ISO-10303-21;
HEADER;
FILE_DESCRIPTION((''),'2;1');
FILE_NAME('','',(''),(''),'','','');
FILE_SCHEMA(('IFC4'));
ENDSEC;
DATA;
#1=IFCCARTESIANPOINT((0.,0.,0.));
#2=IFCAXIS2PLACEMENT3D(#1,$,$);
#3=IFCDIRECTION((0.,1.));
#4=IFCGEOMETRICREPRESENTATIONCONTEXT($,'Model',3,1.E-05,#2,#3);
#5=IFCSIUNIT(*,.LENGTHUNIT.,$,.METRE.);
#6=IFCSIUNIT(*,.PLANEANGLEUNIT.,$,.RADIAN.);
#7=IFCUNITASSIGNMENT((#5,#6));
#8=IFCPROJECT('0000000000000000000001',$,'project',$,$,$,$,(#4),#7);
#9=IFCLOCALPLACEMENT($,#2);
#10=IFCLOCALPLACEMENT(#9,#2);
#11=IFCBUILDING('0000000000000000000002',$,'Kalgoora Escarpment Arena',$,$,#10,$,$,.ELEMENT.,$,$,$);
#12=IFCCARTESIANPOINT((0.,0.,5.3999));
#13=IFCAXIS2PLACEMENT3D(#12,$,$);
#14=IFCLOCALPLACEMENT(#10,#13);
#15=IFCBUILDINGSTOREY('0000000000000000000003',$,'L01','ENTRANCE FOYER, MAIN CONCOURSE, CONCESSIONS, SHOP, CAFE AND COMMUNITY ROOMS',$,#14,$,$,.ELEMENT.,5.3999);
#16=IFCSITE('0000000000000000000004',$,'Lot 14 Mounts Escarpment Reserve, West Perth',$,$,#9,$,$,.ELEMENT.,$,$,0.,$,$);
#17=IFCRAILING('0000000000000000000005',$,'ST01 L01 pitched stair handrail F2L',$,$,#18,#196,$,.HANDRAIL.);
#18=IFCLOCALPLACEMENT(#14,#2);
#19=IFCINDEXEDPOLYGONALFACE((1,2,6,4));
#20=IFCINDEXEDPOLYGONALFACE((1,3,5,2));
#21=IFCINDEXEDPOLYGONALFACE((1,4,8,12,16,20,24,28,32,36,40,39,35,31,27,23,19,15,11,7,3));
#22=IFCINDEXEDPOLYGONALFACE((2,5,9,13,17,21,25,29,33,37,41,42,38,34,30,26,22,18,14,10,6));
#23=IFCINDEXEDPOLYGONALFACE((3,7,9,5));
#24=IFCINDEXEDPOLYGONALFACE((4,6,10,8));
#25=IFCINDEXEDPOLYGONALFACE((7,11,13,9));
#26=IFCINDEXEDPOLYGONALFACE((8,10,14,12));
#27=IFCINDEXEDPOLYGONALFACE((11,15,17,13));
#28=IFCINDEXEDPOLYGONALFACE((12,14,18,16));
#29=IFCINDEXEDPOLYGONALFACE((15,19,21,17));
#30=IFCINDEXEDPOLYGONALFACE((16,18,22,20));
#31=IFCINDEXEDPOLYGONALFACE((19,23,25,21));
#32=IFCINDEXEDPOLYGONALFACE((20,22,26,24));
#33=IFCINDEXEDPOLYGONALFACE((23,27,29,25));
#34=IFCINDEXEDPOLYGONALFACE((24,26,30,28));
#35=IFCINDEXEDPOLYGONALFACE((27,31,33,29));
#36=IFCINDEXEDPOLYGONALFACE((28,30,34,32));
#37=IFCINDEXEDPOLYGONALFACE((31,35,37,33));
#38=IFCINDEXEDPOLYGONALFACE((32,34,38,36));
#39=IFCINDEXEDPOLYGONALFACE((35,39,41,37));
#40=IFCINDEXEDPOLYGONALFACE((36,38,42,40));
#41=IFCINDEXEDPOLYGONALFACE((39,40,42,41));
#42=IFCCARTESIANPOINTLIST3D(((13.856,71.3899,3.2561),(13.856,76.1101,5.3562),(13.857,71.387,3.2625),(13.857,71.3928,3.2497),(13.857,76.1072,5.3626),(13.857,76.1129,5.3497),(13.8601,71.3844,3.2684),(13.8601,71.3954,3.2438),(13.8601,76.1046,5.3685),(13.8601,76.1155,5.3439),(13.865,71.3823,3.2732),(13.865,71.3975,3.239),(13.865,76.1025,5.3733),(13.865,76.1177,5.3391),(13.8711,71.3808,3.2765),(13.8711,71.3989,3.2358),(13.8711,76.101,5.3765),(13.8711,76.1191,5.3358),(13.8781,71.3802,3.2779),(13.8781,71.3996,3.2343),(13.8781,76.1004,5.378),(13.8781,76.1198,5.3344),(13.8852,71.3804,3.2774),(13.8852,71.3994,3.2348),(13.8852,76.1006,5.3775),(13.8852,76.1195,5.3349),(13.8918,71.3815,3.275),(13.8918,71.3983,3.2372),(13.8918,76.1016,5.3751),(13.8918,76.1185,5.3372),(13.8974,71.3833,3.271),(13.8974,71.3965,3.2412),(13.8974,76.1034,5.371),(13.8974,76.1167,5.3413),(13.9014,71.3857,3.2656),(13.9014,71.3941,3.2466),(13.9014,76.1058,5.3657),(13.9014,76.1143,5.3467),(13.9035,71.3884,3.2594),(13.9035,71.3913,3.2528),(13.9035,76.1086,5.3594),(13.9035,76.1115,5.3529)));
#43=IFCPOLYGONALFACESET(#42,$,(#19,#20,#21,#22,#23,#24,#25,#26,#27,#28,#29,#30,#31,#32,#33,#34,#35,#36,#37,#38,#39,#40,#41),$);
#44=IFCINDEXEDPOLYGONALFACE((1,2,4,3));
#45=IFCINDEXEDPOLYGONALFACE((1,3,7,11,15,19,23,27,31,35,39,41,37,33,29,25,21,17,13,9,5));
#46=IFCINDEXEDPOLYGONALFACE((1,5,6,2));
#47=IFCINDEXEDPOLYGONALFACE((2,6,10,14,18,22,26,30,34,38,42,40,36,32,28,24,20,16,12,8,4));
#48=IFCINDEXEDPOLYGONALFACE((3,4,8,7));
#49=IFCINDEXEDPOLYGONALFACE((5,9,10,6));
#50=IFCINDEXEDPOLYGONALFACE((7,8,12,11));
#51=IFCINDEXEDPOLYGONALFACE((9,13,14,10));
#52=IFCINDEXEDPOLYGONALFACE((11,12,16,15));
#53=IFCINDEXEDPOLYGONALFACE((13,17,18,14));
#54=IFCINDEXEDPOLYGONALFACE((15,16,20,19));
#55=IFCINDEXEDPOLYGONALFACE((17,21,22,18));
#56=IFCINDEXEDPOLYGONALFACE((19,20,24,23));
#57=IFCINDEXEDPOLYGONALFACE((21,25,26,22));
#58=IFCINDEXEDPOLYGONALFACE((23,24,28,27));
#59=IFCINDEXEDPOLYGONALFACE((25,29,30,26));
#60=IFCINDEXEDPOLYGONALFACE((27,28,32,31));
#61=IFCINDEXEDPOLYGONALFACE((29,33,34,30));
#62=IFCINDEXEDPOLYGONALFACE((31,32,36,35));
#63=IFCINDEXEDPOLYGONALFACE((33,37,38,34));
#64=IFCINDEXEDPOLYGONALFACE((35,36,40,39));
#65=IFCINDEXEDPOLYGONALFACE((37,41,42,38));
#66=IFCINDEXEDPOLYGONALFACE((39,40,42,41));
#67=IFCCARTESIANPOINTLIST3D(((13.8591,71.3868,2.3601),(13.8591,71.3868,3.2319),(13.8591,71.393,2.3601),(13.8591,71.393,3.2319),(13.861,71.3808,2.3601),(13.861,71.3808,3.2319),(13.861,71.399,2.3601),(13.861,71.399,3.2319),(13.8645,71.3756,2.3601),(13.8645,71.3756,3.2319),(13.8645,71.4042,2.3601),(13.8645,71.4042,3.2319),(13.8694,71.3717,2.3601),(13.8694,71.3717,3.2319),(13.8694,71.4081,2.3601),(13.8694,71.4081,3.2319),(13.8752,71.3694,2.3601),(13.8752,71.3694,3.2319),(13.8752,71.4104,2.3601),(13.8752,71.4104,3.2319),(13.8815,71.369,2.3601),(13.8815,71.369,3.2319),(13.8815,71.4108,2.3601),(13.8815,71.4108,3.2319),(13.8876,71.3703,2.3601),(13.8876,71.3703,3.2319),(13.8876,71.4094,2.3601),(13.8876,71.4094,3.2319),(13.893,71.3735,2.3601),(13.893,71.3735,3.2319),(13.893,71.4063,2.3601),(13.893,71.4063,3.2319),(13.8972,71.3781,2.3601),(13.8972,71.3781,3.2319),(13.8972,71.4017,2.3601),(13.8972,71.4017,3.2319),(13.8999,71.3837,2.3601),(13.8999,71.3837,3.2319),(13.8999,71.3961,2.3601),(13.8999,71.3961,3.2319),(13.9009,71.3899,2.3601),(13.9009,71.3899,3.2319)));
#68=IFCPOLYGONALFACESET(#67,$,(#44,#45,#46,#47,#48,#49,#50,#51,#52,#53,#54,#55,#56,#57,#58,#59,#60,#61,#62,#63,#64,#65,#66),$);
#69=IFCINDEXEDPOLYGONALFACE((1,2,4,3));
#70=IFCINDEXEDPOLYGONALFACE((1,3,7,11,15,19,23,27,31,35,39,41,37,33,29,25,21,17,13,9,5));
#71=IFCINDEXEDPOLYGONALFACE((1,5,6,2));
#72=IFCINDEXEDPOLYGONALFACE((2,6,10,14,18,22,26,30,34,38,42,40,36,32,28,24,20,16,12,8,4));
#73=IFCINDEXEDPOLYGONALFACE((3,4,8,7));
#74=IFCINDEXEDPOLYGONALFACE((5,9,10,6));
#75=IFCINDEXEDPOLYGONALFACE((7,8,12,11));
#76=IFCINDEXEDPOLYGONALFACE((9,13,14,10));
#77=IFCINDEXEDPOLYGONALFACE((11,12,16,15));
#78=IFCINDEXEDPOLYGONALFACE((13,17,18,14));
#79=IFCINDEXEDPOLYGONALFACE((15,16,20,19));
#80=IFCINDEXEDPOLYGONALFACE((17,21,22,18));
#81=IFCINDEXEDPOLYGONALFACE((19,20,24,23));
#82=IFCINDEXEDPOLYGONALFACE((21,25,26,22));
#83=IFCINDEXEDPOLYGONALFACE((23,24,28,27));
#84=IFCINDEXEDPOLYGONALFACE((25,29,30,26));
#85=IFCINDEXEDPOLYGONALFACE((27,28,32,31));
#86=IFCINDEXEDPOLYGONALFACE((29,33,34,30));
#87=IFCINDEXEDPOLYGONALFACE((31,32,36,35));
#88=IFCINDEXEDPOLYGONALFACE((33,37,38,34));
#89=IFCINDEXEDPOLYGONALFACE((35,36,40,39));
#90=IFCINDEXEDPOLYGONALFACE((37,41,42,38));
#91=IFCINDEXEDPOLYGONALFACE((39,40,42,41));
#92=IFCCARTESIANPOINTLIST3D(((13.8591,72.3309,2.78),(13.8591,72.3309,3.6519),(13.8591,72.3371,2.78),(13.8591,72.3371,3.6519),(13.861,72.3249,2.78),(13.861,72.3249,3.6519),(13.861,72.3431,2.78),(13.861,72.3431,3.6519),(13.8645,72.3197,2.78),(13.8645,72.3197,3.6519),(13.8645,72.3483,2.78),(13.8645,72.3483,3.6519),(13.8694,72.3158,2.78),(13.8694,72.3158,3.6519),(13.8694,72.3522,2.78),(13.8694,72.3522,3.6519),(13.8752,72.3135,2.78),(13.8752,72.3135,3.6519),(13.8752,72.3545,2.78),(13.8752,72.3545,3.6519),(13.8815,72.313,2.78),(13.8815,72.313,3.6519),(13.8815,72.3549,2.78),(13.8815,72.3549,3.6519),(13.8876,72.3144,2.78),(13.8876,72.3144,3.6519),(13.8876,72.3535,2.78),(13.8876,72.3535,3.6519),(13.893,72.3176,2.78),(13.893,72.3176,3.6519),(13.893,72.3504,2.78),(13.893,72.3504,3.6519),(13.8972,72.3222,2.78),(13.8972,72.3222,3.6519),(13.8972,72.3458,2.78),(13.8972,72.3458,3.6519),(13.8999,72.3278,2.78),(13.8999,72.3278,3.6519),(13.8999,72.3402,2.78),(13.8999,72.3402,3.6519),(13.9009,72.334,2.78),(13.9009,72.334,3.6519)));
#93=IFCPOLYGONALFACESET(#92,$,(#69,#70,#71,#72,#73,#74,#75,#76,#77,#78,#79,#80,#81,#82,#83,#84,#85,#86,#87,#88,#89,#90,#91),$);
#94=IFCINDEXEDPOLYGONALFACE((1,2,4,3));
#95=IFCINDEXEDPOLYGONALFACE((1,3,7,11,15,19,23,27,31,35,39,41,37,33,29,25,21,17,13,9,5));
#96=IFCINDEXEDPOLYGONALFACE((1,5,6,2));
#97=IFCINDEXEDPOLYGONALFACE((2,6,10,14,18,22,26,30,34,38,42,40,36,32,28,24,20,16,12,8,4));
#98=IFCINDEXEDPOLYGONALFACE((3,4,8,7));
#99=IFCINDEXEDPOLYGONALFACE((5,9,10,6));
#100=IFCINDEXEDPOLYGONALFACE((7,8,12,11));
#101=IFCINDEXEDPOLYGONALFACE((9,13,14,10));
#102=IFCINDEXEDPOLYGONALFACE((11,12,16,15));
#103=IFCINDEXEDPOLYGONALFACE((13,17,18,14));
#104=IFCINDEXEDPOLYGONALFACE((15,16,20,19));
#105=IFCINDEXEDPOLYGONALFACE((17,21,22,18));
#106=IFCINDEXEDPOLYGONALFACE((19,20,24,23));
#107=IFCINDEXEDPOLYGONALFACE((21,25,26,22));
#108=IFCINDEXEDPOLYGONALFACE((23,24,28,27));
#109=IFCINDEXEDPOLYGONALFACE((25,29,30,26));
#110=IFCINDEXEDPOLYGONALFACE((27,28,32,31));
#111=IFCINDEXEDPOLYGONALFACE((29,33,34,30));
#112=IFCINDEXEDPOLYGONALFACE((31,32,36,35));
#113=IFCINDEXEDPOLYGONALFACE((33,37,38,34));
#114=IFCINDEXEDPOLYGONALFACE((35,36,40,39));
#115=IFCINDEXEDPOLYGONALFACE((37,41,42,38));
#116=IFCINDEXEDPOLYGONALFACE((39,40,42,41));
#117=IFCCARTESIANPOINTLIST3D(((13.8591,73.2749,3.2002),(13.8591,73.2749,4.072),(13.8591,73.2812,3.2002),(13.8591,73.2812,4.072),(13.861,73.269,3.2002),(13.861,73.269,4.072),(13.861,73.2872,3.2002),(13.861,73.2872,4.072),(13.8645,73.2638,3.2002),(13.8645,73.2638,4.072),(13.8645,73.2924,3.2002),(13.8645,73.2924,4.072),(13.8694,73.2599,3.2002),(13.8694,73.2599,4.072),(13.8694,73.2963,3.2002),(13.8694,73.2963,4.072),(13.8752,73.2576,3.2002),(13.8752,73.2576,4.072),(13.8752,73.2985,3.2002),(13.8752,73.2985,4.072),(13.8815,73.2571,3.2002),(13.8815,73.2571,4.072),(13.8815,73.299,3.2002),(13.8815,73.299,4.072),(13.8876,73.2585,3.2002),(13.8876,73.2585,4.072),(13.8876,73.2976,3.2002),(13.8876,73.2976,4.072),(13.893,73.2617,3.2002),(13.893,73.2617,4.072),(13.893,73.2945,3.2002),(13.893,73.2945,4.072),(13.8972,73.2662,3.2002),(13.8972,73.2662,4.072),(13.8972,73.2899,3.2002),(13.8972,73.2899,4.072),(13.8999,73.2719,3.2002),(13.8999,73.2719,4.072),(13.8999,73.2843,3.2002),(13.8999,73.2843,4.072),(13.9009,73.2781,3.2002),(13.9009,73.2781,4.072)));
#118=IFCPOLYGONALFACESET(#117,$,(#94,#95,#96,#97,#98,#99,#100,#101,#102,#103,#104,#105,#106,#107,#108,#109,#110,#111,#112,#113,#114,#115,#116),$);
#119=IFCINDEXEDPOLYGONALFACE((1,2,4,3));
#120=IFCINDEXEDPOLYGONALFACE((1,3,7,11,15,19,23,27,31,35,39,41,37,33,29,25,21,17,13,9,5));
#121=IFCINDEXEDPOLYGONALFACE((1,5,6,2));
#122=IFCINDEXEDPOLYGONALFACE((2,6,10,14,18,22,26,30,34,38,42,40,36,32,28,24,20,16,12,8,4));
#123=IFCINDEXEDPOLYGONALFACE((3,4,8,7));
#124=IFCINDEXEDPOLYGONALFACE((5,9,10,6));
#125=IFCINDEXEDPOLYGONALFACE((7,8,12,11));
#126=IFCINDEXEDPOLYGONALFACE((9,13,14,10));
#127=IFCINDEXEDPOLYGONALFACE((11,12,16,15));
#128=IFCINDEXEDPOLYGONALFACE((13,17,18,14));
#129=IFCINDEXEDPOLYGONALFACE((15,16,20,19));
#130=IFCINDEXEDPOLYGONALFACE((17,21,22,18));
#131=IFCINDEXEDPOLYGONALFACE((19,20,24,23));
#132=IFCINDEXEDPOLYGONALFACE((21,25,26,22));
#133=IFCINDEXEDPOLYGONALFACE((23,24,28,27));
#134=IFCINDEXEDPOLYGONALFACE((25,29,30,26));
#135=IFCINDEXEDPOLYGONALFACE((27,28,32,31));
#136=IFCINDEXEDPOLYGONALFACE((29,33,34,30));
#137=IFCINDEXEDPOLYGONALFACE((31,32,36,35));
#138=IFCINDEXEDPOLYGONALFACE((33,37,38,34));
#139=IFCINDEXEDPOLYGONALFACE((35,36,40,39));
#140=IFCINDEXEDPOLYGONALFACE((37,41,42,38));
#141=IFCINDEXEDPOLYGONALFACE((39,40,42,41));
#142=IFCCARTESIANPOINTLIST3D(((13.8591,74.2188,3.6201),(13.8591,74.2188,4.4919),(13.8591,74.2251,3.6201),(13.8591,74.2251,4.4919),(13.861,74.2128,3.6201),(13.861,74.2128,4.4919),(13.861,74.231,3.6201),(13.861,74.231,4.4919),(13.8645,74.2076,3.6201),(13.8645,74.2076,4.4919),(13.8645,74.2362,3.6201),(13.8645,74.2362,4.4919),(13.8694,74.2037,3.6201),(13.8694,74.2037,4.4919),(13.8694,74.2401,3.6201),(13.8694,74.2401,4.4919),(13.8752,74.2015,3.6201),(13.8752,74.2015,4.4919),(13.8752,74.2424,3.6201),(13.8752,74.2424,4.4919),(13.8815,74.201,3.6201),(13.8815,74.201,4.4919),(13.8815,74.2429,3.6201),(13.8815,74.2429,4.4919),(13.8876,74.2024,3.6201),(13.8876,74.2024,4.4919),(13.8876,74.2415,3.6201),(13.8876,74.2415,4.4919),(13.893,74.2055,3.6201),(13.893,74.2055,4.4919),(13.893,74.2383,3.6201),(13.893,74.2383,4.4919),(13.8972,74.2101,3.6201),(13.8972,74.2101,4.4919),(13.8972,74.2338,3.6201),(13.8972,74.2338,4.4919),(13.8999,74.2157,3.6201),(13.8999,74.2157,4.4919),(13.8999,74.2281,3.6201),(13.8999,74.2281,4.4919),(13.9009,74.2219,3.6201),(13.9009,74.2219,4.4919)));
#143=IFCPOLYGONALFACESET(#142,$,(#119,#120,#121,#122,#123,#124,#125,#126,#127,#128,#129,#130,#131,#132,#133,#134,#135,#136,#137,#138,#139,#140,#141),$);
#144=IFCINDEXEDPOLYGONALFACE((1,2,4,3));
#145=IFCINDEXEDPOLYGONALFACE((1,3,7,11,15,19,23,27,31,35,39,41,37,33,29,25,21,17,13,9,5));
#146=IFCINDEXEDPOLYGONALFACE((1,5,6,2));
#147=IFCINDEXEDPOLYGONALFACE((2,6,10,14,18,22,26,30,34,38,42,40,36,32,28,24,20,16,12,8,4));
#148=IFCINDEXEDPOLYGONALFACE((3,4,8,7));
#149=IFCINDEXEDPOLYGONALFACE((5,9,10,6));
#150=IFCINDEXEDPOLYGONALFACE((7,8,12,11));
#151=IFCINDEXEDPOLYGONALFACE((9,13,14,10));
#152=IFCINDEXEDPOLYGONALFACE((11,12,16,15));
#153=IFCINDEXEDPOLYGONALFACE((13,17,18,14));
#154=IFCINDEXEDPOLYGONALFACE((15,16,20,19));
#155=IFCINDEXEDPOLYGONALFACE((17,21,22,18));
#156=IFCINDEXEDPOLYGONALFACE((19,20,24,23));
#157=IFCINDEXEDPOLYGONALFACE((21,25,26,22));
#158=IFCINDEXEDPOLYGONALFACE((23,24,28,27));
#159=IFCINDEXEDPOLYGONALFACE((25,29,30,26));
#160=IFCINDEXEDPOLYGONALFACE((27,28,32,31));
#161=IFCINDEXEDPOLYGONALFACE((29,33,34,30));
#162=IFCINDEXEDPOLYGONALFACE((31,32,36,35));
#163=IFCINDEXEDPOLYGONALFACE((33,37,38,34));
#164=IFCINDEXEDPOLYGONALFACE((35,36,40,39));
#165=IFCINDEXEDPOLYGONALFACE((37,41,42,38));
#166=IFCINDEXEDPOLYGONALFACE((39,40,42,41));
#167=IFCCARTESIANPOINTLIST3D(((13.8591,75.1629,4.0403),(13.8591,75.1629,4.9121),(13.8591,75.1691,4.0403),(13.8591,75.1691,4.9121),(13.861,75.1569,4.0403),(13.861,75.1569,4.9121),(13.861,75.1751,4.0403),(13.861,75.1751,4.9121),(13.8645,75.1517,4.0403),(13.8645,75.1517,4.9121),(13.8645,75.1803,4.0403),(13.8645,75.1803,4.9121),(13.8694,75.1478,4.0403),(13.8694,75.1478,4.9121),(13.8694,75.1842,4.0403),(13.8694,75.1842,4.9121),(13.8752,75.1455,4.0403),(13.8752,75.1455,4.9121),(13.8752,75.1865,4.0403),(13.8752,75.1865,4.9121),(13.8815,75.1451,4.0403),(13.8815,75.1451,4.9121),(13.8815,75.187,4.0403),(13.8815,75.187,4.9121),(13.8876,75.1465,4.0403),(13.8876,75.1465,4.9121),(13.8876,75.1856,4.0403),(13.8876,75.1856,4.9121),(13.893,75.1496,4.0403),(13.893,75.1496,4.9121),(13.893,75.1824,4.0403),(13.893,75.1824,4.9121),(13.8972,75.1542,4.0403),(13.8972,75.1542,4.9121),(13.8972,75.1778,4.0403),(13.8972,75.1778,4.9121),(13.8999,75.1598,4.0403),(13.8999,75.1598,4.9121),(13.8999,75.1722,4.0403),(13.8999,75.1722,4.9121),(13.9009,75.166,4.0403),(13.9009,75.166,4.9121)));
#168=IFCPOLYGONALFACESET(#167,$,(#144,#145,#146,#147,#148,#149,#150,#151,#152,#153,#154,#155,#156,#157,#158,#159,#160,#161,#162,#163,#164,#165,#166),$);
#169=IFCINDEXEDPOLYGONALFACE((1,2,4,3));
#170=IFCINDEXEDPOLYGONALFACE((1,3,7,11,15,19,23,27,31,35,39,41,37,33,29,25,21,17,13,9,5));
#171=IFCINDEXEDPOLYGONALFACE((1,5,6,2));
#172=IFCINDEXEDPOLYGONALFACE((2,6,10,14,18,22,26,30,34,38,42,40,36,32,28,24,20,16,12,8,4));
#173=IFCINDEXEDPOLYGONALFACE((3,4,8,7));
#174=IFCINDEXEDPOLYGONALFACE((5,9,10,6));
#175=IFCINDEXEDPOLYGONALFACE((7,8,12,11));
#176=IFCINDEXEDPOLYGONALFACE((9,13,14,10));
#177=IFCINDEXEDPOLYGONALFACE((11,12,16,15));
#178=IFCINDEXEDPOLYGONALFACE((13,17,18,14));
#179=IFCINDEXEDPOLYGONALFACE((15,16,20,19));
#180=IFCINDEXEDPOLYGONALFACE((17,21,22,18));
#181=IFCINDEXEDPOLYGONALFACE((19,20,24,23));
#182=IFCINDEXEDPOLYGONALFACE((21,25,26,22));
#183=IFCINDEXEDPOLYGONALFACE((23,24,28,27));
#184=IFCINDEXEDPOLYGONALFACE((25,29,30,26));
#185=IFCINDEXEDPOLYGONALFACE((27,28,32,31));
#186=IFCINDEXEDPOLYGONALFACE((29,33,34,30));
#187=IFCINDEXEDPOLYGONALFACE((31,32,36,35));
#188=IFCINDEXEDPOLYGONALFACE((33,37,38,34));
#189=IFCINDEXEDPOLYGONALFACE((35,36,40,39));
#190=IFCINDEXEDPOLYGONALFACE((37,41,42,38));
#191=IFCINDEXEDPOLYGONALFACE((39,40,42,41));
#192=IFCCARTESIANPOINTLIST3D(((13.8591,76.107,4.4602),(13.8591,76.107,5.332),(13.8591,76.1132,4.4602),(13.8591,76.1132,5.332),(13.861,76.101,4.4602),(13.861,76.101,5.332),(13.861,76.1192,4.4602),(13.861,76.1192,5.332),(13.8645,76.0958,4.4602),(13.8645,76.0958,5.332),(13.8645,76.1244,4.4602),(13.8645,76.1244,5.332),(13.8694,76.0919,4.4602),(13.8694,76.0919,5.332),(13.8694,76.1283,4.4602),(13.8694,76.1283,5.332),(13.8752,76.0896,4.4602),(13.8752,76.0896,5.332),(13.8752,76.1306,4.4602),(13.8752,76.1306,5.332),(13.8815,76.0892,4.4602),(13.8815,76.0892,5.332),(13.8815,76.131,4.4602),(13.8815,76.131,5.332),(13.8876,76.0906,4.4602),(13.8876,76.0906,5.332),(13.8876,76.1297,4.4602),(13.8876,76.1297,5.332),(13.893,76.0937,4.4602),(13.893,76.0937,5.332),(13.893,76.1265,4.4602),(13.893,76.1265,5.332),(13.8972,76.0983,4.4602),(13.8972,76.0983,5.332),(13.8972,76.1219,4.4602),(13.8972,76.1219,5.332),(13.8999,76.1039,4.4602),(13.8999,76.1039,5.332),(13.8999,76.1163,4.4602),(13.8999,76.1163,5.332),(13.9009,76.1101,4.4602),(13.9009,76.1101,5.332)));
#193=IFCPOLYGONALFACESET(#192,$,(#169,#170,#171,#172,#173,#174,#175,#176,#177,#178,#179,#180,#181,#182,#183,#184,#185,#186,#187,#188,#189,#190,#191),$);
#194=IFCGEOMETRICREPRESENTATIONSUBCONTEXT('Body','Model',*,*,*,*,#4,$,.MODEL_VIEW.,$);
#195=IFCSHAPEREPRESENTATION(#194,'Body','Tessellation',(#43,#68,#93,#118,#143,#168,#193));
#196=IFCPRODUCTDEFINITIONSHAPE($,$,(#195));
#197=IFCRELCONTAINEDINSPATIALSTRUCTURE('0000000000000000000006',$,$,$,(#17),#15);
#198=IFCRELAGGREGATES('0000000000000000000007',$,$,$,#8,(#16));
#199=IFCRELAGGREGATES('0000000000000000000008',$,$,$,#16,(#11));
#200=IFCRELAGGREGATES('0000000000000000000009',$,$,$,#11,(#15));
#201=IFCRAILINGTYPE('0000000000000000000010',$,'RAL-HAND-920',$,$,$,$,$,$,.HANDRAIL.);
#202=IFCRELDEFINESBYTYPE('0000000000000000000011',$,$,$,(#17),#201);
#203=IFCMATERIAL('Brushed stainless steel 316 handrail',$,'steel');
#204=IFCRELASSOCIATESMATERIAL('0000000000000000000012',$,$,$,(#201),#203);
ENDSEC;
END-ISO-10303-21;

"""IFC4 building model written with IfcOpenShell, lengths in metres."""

from ifc_helpers import new_model, si_unit, direction, frame, origin, origin_2d, place, context, subcontext, project, spatial, circle, extrude, material, type_object, element, save


model = new_model("IFC4")

# Units and contexts
model_context = context("Model", 3, precision=1e-05, world=origin(), true_north=direction((0.0, 1.0)))
body_context = subcontext(model_context, "Body", "Model", "MODEL_VIEW")
ifc_project = project(units=[si_unit("LENGTHUNIT", "METRE"), si_unit("PLANEANGLEUNIT", "RADIAN")], contexts=[model_context])

# Site, building, storey
site_placement = place(None, origin())
site = spatial("IfcSite", under=ifc_project, at=site_placement, Name="Lot 14 Mounts Escarpment Reserve, West Perth", CompositionType="ELEMENT", RefElevation=0.0)
building_placement = place(site_placement, origin())
building = spatial("IfcBuilding", under=site, at=building_placement, Name="Kalgoora Escarpment Arena", CompositionType="ELEMENT")
storey_placement = place(building_placement, frame((0.0, 0.0, 5.3999)))
storey = spatial("IfcBuildingStorey", under=building, at=storey_placement, Name="L01", Description="ENTRANCE FOYER, MAIN CONCOURSE, CONCESSIONS, SHOP, CAFE AND COMMUNITY ROOMS", CompositionType="ELEMENT", Elevation=5.3999)

# Railing
ifc_material_1 = material(Name="Brushed stainless steel 316 handrail", Category="steel")
railing_type_1 = type_object("IfcRailingType", Name="RAL-HAND-920", PredefinedType="HANDRAIL", material=ifc_material_1)
for number, where, name in (
    (1, (13.8799, 71.3899, 2.3601), "ST01 L01 pitched stair handrail F2L"),
):
    element("IfcRailing", number, at=place(storey_placement, frame(where)), inside=storey, type_object=railing_type_1, Name=name, PredefinedType="HANDRAIL", context=body_context, shape_type="SweptSolid", body=[
        extrude(circle(Radius=0.0239, at=origin_2d()), frame((0.0, 0.0, 0.896), z_axis=(0.0, 0.913652, 0.406498), x_axis=(-1.0, 0.0, 0.0)), (0.0, 0.0, 1.0), 5.1663),
        extrude(circle(Radius=0.021, at=origin_2d()), origin(), (0.0, 0.0, 1.0), 0.8718),
        extrude(circle(Radius=0.021, at=origin_2d()), frame((0.0, 0.9441, 0.4199)), (0.0, 0.0, 1.0), 0.8718),
        extrude(circle(Radius=0.021, at=origin_2d()), frame((0.0, 1.8882, 0.8401)), (0.0, 0.0, 1.0), 0.8718),
        extrude(circle(Radius=0.021, at=origin_2d()), frame((0.0, 2.832, 1.26)), (0.0, 0.0, 1.0), 0.8718),
        extrude(circle(Radius=0.021, at=origin_2d()), frame((0.0, 3.7761, 1.6802)), (0.0, 0.0, 1.0), 0.8718),
        extrude(circle(Radius=0.021, at=origin_2d()), frame((0.0, 4.7202, 2.1001)), (0.0, 0.0, 1.0), 0.8718),
    ])

save(model, "model.ifc")
